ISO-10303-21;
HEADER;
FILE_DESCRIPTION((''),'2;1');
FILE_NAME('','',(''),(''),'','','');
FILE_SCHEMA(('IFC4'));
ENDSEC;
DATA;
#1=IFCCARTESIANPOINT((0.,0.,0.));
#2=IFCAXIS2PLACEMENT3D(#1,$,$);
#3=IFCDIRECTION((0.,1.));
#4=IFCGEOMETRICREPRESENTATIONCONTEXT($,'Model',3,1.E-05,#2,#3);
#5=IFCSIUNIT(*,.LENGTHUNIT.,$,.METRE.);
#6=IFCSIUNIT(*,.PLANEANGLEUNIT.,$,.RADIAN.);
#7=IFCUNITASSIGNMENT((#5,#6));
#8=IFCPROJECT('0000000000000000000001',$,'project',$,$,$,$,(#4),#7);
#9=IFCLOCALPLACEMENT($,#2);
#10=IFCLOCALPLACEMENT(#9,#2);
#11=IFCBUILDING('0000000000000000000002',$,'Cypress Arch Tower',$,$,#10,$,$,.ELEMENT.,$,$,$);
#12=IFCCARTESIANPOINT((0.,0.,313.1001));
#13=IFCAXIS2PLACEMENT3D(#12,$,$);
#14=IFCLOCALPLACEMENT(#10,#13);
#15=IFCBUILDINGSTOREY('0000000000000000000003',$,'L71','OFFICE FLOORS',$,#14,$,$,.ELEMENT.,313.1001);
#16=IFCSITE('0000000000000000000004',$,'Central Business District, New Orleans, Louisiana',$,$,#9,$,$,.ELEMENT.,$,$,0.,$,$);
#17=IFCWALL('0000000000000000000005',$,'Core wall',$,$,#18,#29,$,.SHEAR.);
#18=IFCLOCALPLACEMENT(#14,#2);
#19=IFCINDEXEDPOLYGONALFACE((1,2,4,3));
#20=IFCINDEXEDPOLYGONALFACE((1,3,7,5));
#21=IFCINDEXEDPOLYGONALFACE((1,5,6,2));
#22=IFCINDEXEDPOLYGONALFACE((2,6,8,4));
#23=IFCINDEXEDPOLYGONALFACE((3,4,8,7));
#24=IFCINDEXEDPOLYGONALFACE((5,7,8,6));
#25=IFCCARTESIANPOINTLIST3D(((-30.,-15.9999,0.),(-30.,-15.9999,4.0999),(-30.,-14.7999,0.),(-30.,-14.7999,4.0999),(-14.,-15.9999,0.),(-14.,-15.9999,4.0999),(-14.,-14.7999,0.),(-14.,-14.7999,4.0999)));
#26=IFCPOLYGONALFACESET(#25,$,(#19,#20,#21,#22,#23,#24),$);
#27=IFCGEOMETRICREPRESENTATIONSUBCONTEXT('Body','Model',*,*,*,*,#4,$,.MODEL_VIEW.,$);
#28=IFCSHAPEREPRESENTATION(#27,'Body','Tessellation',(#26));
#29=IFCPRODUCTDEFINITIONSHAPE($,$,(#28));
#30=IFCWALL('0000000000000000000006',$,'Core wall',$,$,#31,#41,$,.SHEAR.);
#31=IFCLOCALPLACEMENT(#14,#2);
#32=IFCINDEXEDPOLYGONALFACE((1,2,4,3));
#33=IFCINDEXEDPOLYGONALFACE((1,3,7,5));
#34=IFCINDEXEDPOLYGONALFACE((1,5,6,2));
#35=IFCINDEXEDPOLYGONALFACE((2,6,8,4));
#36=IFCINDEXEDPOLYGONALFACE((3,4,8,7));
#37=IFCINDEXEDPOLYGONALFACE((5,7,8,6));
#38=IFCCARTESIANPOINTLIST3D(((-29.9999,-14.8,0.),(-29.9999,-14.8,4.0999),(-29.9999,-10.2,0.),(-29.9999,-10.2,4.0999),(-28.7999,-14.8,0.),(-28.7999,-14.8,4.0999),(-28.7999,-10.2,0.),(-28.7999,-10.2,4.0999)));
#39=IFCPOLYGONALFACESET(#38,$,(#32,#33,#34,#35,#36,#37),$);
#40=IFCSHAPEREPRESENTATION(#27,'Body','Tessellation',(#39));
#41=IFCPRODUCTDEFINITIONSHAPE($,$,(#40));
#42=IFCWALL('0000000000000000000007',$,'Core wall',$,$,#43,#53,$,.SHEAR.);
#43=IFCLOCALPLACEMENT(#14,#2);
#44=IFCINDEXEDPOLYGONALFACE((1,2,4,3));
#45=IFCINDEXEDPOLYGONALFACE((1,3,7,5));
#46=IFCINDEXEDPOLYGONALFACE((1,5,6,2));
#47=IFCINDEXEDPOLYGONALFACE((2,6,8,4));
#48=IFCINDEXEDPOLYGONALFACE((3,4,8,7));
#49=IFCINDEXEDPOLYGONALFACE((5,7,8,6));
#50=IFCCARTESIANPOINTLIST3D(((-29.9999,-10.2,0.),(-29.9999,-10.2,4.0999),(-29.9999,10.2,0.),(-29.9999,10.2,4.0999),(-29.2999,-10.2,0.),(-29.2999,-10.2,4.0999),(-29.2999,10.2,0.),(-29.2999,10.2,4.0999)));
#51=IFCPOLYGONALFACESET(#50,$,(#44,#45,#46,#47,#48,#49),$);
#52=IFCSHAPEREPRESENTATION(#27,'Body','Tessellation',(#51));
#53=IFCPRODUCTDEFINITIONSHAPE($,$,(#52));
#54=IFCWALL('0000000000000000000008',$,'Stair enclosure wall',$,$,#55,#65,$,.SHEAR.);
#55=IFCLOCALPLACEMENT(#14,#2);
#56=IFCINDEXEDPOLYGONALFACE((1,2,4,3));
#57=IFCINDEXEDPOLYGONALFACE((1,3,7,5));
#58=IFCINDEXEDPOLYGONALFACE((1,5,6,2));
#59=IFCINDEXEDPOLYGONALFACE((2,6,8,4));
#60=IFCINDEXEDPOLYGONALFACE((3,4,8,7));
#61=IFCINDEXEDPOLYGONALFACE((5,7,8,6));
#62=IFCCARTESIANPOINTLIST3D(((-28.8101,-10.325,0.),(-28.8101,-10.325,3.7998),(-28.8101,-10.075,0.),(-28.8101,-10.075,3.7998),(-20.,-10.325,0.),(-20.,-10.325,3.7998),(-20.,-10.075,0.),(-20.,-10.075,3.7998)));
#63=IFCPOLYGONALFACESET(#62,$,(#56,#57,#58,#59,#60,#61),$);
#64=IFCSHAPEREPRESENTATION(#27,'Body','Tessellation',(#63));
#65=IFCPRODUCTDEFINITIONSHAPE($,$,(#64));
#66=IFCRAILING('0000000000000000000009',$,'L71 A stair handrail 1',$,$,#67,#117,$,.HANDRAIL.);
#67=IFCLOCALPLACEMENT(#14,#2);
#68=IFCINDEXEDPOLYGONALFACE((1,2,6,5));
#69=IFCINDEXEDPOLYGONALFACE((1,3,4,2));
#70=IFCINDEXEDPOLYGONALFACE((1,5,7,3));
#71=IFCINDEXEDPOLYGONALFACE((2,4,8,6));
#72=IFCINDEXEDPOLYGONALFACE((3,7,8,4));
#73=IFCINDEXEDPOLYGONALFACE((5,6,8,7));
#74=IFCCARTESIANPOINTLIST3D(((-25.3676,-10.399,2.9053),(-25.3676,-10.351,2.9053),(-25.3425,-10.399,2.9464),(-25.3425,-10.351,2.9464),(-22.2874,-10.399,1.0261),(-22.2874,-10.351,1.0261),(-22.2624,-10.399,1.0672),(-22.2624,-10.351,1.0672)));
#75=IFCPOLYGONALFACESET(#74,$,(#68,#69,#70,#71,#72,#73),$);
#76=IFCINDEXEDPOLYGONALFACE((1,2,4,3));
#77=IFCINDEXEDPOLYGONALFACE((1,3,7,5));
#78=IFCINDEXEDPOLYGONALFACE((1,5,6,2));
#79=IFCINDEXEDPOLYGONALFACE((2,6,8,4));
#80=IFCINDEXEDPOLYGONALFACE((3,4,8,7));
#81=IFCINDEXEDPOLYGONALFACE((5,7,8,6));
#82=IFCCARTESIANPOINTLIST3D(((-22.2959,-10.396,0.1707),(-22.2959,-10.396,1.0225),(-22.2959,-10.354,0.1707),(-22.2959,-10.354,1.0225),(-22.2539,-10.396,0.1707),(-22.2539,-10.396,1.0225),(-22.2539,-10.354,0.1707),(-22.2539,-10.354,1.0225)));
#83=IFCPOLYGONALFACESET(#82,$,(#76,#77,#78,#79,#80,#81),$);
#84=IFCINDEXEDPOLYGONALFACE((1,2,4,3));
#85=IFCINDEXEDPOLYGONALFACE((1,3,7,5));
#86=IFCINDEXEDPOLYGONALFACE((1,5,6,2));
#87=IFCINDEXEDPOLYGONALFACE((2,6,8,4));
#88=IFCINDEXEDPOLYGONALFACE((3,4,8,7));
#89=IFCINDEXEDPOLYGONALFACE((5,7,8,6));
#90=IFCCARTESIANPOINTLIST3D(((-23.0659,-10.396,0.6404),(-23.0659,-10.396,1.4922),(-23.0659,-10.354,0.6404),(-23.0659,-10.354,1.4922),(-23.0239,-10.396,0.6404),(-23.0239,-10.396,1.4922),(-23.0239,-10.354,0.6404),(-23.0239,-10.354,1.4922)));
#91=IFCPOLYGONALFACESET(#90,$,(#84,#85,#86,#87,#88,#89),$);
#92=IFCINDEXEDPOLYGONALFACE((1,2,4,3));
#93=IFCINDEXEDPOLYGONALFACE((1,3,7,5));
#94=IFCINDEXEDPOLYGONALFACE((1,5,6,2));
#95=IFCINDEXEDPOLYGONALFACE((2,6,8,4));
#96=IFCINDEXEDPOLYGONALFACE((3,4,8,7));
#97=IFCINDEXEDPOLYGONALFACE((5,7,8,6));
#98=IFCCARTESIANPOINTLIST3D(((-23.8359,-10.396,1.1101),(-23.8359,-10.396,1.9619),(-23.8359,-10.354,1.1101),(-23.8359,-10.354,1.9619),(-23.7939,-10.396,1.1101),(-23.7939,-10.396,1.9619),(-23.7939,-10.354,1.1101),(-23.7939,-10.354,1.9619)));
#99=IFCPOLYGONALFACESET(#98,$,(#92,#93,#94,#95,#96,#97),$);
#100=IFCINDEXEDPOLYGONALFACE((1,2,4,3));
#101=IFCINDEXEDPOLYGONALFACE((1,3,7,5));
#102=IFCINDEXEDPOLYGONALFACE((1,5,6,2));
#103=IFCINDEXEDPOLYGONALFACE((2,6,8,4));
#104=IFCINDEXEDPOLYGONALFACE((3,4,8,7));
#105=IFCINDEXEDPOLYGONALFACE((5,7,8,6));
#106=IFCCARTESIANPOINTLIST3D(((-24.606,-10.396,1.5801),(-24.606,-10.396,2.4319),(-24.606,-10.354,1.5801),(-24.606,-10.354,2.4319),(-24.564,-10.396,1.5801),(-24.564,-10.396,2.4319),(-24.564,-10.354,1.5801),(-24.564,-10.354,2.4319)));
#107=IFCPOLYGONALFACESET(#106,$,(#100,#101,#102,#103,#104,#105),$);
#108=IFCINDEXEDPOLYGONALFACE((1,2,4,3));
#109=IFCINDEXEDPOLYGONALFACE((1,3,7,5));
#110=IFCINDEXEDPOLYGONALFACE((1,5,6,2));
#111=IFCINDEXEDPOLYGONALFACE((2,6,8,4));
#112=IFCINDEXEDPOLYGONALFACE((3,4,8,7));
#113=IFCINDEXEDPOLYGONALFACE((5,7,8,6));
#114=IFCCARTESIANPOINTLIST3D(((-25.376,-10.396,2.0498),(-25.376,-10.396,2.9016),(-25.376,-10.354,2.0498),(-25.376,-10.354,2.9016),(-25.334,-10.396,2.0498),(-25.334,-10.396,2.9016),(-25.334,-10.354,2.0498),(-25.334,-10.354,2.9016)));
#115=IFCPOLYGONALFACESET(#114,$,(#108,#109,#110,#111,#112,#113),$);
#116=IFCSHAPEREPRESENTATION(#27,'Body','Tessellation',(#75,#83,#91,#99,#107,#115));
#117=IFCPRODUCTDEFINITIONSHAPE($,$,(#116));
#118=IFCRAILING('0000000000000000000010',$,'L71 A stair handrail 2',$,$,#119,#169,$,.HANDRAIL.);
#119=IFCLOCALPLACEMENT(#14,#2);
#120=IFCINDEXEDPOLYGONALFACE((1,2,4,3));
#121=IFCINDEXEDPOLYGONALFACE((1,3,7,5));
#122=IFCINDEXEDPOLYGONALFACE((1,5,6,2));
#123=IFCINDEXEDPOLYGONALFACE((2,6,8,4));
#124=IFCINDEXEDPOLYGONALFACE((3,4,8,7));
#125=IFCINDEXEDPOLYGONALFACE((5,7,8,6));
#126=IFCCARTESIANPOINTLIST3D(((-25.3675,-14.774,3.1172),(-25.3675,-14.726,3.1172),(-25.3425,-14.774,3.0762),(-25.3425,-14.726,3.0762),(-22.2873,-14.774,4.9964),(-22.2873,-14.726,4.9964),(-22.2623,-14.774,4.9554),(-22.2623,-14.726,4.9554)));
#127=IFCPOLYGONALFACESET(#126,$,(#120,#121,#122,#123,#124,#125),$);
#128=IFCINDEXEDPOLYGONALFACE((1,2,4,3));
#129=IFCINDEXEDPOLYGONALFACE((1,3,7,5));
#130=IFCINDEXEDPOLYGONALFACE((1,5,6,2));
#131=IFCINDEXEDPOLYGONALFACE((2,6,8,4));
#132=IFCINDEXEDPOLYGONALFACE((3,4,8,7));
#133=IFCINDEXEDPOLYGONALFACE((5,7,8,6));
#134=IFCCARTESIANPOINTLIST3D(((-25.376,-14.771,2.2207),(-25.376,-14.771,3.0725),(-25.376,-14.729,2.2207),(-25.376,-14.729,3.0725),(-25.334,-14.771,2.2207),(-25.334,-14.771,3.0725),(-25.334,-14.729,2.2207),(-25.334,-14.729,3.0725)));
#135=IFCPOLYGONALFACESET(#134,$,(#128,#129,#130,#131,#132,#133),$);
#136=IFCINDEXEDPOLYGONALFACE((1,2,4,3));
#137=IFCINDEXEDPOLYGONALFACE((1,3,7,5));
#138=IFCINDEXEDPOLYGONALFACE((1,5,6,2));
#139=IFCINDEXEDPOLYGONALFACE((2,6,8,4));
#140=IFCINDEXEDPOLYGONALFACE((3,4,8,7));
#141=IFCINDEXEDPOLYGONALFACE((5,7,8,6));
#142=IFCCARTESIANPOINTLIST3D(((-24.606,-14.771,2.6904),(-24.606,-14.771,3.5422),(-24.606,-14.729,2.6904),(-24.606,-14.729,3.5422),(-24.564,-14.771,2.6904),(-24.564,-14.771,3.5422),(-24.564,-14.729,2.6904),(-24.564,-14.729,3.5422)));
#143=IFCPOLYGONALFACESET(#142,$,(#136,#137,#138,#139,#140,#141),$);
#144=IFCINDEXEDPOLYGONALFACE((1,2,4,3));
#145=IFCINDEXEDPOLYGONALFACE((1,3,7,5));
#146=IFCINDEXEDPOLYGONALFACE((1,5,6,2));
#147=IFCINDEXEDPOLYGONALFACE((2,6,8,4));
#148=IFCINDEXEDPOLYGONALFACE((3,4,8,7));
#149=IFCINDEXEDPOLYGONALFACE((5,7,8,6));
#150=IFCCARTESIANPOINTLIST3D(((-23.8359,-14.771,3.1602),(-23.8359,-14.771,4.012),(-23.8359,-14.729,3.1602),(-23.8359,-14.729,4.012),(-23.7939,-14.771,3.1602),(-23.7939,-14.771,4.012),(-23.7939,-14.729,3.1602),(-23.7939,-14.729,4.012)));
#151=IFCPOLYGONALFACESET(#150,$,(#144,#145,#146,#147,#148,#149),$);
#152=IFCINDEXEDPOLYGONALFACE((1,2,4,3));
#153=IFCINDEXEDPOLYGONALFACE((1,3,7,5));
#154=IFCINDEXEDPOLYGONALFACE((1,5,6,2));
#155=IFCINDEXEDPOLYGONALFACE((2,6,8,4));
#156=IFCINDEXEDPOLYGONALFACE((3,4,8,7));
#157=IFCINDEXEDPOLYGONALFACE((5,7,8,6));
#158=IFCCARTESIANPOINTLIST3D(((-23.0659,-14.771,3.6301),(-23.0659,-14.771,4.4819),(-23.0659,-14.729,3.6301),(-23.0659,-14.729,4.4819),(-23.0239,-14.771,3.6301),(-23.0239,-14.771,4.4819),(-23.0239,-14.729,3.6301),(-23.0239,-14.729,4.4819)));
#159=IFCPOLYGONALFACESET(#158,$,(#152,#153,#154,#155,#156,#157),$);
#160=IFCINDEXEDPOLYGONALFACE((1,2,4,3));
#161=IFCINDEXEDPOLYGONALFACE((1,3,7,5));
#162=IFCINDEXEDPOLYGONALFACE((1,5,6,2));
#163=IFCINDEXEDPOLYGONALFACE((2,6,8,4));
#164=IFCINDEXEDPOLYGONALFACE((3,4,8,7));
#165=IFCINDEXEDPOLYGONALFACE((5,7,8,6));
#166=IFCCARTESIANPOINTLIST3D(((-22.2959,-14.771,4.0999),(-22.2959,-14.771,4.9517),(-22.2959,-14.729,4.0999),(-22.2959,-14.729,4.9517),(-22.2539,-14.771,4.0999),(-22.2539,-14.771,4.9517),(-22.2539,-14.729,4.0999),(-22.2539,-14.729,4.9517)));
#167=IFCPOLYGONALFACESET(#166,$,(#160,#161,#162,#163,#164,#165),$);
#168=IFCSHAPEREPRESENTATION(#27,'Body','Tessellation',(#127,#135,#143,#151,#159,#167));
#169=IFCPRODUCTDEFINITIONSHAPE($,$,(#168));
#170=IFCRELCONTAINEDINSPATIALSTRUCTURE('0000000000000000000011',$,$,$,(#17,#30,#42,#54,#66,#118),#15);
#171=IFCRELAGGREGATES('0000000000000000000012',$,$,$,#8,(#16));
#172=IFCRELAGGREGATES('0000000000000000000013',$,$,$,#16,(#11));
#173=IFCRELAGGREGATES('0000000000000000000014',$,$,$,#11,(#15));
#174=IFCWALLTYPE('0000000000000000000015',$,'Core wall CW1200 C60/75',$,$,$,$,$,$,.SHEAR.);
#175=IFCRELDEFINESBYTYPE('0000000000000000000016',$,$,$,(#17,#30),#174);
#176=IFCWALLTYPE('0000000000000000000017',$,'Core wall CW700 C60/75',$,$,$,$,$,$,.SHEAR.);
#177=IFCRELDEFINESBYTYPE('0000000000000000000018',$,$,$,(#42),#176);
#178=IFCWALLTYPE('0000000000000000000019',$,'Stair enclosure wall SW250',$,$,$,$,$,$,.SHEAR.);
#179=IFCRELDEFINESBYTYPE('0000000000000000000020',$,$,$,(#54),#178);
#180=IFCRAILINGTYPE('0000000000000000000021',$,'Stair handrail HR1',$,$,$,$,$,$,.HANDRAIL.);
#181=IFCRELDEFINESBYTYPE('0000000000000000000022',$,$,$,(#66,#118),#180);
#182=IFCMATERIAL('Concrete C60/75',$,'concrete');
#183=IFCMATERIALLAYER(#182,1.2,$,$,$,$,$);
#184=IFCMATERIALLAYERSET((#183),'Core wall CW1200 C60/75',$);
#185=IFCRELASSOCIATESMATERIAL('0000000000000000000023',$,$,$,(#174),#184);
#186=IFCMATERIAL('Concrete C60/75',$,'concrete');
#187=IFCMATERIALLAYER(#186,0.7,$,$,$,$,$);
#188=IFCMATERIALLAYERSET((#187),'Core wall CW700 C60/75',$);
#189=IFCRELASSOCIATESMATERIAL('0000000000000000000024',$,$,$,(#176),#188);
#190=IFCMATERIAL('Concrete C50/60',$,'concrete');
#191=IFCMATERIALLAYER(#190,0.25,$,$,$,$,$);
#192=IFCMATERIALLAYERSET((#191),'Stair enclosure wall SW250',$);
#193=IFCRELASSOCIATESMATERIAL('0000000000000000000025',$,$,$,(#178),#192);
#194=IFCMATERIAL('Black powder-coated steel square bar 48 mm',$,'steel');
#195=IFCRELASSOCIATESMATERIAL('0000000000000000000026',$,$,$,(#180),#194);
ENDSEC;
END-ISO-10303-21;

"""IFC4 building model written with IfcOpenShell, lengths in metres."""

from ifc_helpers import new_model, si_unit, direction, frame, frame_2d, origin, origin_2d, place, context, subcontext, project, spatial, rectangle, extrude, material, layer, layer_set, type_object, element, save


model = new_model("IFC4")

# Units and contexts
model_context = context("Model", 3, precision=1e-05, world=origin(), true_north=direction((0.0, 1.0)))
body_context = subcontext(model_context, "Body", "Model", "MODEL_VIEW")
ifc_project = project(units=[si_unit("LENGTHUNIT", "METRE"), si_unit("PLANEANGLEUNIT", "RADIAN")], contexts=[model_context])

# Site, building, storey
site_placement = place(None, origin())
site = spatial("IfcSite", under=ifc_project, at=site_placement, Name="Central Business District, New Orleans, Louisiana", CompositionType="ELEMENT", RefElevation=0.0)
building_placement = place(site_placement, origin())
building = spatial("IfcBuilding", under=site, at=building_placement, Name="Cypress Arch Tower", CompositionType="ELEMENT")
storey_placement = place(building_placement, frame((0.0, 0.0, 313.1001)))
storey = spatial("IfcBuildingStorey", under=building, at=storey_placement, Name="L71", Description="OFFICE FLOORS", CompositionType="ELEMENT", Elevation=313.1001)

# Walls
ifc_material_1 = material(Name="Concrete C60/75", Category="concrete")
ifc_layer_1 = layer(ifc_material_1, 1.2)
ifc_layer_set_1 = layer_set([ifc_layer_1], Name="Core wall CW1200 C60/75")
wall_type_1 = type_object("IfcWallType", Name="Core wall CW1200 C60/75", PredefinedType="SHEAR", material=ifc_layer_set_1)
wall_1_placement = place(storey_placement, frame((-30.0, -15.3999, 0.0), z_axis=(0.0, 0.0, 1.0), x_axis=(1.0, 0.0, 0.0)))
element("IfcWall", 1, at=wall_1_placement, inside=storey, type_object=wall_type_1, Name="Core wall", PredefinedType="SHEAR", context=body_context, shape_type="SweptSolid", body=[
    extrude(rectangle(XDim=16.0, YDim=1.2, at=frame_2d((8.0, 0.0))), origin(), (0.0, 0.0, 1.0), 4.0999),
])
wall_2_placement = place(storey_placement, frame((-29.3999, -14.8, 0.0), z_axis=(0.0, 0.0, 1.0), x_axis=(0.0, 1.0, 0.0)))
element("IfcWall", 2, at=wall_2_placement, inside=storey, type_object=wall_type_1, Name="Core wall", PredefinedType="SHEAR", context=body_context, shape_type="SweptSolid", body=[
    extrude(rectangle(XDim=4.6001, YDim=1.2, at=frame_2d((2.3, 0.0))), origin(), (0.0, 0.0, 1.0), 4.0999),
])
ifc_material_2 = material(Name="Concrete C60/75", Category="concrete")
ifc_layer_2 = layer(ifc_material_2, 0.7)
ifc_layer_set_2 = layer_set([ifc_layer_2], Name="Core wall CW700 C60/75")
wall_type_2 = type_object("IfcWallType", Name="Core wall CW700 C60/75", PredefinedType="SHEAR", material=ifc_layer_set_2)
wall_3_placement = place(storey_placement, frame((-29.6499, -10.2, 0.0), z_axis=(0.0, 0.0, 1.0), x_axis=(0.0, 1.0, 0.0)))
element("IfcWall", 3, at=wall_3_placement, inside=storey, type_object=wall_type_2, Name="Core wall", PredefinedType="SHEAR", context=body_context, shape_type="SweptSolid", body=[
    extrude(rectangle(XDim=20.3999, YDim=0.7, at=frame_2d((10.2, 0.0))), origin(), (0.0, 0.0, 1.0), 4.0999),
])
ifc_material_3 = material(Name="Concrete C50/60", Category="concrete")
ifc_layer_3 = layer(ifc_material_3, 0.25)
ifc_layer_set_3 = layer_set([ifc_layer_3], Name="Stair enclosure wall SW250")
wall_type_3 = type_object("IfcWallType", Name="Stair enclosure wall SW250", PredefinedType="SHEAR", material=ifc_layer_set_3)
wall_4_placement = place(storey_placement, frame((-28.8101, -10.2, 0.0), z_axis=(0.0, 0.0, 1.0), x_axis=(1.0, 0.0, 0.0)))
element("IfcWall", 4, at=wall_4_placement, inside=storey, type_object=wall_type_3, Name="Stair enclosure wall", PredefinedType="SHEAR", context=body_context, shape_type="SweptSolid", body=[
    extrude(rectangle(XDim=8.8101, YDim=0.25, at=frame_2d((4.405, 0.0))), origin(), (0.0, 0.0, 1.0), 3.7998),
])

# Railings
ifc_material_4 = material(Name="Black powder-coated steel square bar 48 mm", Category="steel")
railing_type_1 = type_object("IfcRailingType", Name="Stair handrail HR1", PredefinedType="HANDRAIL", material=ifc_material_4)
railing_1_placement = place(storey_placement, frame((-22.2749, -10.375, 0.1707)))
element("IfcRailing", 5, at=railing_1_placement, inside=storey, type_object=railing_type_1, Name="L71 A stair handrail 1", PredefinedType="HANDRAIL", context=body_context, shape_type="SweptSolid", body=[
    extrude(rectangle(XDim=0.0481, YDim=0.0481, at=origin_2d()), frame((0.0, 0.0, 0.876), z_axis=(-0.853666, 0.0, 0.52082), x_axis=(0.0, -1.0, 0.0)), (0.0, 0.0, 1.0), 3.6082),
    extrude(rectangle(XDim=0.042, YDim=0.042, at=origin_2d()), origin(), (0.0, 0.0, 1.0), 0.8518),
    extrude(rectangle(XDim=0.042, YDim=0.042, at=origin_2d()), frame((-0.77, 0.0, 0.4697)), (0.0, 0.0, 1.0), 0.8518),
    extrude(rectangle(XDim=0.042, YDim=0.042, at=origin_2d()), frame((-1.54, 0.0, 0.9395)), (0.0, 0.0, 1.0), 0.8518),
    extrude(rectangle(XDim=0.042, YDim=0.042, at=origin_2d()), frame((-2.3101, 0.0, 1.4094)), (0.0, 0.0, 1.0), 0.8518),
    extrude(rectangle(XDim=0.042, YDim=0.042, at=origin_2d()), frame((-3.0801, 0.0, 1.8792)), (0.0, 0.0, 1.0), 0.8518),
])
railing_2_placement = place(storey_placement, frame((-25.355, -14.75, 2.2207)))
element("IfcRailing", 6, at=railing_2_placement, inside=storey, type_object=railing_type_1, Name="L71 A stair handrail 2", PredefinedType="HANDRAIL", context=body_context, shape_type="SweptSolid", body=[
    extrude(rectangle(XDim=0.0481, YDim=0.0481, at=origin_2d()), frame((0.0, 0.0, 0.876), z_axis=(0.853666, 0.0, 0.52082), x_axis=(0.0, 1.0, 0.0)), (0.0, 0.0, 1.0), 3.6082),
    extrude(rectangle(XDim=0.042, YDim=0.042, at=origin_2d()), origin(), (0.0, 0.0, 1.0), 0.8518),
    extrude(rectangle(XDim=0.042, YDim=0.042, at=origin_2d()), frame((0.77, 0.0, 0.4697)), (0.0, 0.0, 1.0), 0.8518),
    extrude(rectangle(XDim=0.042, YDim=0.042, at=origin_2d()), frame((1.54, 0.0, 0.9395)), (0.0, 0.0, 1.0), 0.8518),
    extrude(rectangle(XDim=0.042, YDim=0.042, at=origin_2d()), frame((2.3101, 0.0, 1.4094)), (0.0, 0.0, 1.0), 0.8518),
    extrude(rectangle(XDim=0.042, YDim=0.042, at=origin_2d()), frame((3.0801, 0.0, 1.8792)), (0.0, 0.0, 1.0), 0.8518),
])

save(model, "model.ifc")
